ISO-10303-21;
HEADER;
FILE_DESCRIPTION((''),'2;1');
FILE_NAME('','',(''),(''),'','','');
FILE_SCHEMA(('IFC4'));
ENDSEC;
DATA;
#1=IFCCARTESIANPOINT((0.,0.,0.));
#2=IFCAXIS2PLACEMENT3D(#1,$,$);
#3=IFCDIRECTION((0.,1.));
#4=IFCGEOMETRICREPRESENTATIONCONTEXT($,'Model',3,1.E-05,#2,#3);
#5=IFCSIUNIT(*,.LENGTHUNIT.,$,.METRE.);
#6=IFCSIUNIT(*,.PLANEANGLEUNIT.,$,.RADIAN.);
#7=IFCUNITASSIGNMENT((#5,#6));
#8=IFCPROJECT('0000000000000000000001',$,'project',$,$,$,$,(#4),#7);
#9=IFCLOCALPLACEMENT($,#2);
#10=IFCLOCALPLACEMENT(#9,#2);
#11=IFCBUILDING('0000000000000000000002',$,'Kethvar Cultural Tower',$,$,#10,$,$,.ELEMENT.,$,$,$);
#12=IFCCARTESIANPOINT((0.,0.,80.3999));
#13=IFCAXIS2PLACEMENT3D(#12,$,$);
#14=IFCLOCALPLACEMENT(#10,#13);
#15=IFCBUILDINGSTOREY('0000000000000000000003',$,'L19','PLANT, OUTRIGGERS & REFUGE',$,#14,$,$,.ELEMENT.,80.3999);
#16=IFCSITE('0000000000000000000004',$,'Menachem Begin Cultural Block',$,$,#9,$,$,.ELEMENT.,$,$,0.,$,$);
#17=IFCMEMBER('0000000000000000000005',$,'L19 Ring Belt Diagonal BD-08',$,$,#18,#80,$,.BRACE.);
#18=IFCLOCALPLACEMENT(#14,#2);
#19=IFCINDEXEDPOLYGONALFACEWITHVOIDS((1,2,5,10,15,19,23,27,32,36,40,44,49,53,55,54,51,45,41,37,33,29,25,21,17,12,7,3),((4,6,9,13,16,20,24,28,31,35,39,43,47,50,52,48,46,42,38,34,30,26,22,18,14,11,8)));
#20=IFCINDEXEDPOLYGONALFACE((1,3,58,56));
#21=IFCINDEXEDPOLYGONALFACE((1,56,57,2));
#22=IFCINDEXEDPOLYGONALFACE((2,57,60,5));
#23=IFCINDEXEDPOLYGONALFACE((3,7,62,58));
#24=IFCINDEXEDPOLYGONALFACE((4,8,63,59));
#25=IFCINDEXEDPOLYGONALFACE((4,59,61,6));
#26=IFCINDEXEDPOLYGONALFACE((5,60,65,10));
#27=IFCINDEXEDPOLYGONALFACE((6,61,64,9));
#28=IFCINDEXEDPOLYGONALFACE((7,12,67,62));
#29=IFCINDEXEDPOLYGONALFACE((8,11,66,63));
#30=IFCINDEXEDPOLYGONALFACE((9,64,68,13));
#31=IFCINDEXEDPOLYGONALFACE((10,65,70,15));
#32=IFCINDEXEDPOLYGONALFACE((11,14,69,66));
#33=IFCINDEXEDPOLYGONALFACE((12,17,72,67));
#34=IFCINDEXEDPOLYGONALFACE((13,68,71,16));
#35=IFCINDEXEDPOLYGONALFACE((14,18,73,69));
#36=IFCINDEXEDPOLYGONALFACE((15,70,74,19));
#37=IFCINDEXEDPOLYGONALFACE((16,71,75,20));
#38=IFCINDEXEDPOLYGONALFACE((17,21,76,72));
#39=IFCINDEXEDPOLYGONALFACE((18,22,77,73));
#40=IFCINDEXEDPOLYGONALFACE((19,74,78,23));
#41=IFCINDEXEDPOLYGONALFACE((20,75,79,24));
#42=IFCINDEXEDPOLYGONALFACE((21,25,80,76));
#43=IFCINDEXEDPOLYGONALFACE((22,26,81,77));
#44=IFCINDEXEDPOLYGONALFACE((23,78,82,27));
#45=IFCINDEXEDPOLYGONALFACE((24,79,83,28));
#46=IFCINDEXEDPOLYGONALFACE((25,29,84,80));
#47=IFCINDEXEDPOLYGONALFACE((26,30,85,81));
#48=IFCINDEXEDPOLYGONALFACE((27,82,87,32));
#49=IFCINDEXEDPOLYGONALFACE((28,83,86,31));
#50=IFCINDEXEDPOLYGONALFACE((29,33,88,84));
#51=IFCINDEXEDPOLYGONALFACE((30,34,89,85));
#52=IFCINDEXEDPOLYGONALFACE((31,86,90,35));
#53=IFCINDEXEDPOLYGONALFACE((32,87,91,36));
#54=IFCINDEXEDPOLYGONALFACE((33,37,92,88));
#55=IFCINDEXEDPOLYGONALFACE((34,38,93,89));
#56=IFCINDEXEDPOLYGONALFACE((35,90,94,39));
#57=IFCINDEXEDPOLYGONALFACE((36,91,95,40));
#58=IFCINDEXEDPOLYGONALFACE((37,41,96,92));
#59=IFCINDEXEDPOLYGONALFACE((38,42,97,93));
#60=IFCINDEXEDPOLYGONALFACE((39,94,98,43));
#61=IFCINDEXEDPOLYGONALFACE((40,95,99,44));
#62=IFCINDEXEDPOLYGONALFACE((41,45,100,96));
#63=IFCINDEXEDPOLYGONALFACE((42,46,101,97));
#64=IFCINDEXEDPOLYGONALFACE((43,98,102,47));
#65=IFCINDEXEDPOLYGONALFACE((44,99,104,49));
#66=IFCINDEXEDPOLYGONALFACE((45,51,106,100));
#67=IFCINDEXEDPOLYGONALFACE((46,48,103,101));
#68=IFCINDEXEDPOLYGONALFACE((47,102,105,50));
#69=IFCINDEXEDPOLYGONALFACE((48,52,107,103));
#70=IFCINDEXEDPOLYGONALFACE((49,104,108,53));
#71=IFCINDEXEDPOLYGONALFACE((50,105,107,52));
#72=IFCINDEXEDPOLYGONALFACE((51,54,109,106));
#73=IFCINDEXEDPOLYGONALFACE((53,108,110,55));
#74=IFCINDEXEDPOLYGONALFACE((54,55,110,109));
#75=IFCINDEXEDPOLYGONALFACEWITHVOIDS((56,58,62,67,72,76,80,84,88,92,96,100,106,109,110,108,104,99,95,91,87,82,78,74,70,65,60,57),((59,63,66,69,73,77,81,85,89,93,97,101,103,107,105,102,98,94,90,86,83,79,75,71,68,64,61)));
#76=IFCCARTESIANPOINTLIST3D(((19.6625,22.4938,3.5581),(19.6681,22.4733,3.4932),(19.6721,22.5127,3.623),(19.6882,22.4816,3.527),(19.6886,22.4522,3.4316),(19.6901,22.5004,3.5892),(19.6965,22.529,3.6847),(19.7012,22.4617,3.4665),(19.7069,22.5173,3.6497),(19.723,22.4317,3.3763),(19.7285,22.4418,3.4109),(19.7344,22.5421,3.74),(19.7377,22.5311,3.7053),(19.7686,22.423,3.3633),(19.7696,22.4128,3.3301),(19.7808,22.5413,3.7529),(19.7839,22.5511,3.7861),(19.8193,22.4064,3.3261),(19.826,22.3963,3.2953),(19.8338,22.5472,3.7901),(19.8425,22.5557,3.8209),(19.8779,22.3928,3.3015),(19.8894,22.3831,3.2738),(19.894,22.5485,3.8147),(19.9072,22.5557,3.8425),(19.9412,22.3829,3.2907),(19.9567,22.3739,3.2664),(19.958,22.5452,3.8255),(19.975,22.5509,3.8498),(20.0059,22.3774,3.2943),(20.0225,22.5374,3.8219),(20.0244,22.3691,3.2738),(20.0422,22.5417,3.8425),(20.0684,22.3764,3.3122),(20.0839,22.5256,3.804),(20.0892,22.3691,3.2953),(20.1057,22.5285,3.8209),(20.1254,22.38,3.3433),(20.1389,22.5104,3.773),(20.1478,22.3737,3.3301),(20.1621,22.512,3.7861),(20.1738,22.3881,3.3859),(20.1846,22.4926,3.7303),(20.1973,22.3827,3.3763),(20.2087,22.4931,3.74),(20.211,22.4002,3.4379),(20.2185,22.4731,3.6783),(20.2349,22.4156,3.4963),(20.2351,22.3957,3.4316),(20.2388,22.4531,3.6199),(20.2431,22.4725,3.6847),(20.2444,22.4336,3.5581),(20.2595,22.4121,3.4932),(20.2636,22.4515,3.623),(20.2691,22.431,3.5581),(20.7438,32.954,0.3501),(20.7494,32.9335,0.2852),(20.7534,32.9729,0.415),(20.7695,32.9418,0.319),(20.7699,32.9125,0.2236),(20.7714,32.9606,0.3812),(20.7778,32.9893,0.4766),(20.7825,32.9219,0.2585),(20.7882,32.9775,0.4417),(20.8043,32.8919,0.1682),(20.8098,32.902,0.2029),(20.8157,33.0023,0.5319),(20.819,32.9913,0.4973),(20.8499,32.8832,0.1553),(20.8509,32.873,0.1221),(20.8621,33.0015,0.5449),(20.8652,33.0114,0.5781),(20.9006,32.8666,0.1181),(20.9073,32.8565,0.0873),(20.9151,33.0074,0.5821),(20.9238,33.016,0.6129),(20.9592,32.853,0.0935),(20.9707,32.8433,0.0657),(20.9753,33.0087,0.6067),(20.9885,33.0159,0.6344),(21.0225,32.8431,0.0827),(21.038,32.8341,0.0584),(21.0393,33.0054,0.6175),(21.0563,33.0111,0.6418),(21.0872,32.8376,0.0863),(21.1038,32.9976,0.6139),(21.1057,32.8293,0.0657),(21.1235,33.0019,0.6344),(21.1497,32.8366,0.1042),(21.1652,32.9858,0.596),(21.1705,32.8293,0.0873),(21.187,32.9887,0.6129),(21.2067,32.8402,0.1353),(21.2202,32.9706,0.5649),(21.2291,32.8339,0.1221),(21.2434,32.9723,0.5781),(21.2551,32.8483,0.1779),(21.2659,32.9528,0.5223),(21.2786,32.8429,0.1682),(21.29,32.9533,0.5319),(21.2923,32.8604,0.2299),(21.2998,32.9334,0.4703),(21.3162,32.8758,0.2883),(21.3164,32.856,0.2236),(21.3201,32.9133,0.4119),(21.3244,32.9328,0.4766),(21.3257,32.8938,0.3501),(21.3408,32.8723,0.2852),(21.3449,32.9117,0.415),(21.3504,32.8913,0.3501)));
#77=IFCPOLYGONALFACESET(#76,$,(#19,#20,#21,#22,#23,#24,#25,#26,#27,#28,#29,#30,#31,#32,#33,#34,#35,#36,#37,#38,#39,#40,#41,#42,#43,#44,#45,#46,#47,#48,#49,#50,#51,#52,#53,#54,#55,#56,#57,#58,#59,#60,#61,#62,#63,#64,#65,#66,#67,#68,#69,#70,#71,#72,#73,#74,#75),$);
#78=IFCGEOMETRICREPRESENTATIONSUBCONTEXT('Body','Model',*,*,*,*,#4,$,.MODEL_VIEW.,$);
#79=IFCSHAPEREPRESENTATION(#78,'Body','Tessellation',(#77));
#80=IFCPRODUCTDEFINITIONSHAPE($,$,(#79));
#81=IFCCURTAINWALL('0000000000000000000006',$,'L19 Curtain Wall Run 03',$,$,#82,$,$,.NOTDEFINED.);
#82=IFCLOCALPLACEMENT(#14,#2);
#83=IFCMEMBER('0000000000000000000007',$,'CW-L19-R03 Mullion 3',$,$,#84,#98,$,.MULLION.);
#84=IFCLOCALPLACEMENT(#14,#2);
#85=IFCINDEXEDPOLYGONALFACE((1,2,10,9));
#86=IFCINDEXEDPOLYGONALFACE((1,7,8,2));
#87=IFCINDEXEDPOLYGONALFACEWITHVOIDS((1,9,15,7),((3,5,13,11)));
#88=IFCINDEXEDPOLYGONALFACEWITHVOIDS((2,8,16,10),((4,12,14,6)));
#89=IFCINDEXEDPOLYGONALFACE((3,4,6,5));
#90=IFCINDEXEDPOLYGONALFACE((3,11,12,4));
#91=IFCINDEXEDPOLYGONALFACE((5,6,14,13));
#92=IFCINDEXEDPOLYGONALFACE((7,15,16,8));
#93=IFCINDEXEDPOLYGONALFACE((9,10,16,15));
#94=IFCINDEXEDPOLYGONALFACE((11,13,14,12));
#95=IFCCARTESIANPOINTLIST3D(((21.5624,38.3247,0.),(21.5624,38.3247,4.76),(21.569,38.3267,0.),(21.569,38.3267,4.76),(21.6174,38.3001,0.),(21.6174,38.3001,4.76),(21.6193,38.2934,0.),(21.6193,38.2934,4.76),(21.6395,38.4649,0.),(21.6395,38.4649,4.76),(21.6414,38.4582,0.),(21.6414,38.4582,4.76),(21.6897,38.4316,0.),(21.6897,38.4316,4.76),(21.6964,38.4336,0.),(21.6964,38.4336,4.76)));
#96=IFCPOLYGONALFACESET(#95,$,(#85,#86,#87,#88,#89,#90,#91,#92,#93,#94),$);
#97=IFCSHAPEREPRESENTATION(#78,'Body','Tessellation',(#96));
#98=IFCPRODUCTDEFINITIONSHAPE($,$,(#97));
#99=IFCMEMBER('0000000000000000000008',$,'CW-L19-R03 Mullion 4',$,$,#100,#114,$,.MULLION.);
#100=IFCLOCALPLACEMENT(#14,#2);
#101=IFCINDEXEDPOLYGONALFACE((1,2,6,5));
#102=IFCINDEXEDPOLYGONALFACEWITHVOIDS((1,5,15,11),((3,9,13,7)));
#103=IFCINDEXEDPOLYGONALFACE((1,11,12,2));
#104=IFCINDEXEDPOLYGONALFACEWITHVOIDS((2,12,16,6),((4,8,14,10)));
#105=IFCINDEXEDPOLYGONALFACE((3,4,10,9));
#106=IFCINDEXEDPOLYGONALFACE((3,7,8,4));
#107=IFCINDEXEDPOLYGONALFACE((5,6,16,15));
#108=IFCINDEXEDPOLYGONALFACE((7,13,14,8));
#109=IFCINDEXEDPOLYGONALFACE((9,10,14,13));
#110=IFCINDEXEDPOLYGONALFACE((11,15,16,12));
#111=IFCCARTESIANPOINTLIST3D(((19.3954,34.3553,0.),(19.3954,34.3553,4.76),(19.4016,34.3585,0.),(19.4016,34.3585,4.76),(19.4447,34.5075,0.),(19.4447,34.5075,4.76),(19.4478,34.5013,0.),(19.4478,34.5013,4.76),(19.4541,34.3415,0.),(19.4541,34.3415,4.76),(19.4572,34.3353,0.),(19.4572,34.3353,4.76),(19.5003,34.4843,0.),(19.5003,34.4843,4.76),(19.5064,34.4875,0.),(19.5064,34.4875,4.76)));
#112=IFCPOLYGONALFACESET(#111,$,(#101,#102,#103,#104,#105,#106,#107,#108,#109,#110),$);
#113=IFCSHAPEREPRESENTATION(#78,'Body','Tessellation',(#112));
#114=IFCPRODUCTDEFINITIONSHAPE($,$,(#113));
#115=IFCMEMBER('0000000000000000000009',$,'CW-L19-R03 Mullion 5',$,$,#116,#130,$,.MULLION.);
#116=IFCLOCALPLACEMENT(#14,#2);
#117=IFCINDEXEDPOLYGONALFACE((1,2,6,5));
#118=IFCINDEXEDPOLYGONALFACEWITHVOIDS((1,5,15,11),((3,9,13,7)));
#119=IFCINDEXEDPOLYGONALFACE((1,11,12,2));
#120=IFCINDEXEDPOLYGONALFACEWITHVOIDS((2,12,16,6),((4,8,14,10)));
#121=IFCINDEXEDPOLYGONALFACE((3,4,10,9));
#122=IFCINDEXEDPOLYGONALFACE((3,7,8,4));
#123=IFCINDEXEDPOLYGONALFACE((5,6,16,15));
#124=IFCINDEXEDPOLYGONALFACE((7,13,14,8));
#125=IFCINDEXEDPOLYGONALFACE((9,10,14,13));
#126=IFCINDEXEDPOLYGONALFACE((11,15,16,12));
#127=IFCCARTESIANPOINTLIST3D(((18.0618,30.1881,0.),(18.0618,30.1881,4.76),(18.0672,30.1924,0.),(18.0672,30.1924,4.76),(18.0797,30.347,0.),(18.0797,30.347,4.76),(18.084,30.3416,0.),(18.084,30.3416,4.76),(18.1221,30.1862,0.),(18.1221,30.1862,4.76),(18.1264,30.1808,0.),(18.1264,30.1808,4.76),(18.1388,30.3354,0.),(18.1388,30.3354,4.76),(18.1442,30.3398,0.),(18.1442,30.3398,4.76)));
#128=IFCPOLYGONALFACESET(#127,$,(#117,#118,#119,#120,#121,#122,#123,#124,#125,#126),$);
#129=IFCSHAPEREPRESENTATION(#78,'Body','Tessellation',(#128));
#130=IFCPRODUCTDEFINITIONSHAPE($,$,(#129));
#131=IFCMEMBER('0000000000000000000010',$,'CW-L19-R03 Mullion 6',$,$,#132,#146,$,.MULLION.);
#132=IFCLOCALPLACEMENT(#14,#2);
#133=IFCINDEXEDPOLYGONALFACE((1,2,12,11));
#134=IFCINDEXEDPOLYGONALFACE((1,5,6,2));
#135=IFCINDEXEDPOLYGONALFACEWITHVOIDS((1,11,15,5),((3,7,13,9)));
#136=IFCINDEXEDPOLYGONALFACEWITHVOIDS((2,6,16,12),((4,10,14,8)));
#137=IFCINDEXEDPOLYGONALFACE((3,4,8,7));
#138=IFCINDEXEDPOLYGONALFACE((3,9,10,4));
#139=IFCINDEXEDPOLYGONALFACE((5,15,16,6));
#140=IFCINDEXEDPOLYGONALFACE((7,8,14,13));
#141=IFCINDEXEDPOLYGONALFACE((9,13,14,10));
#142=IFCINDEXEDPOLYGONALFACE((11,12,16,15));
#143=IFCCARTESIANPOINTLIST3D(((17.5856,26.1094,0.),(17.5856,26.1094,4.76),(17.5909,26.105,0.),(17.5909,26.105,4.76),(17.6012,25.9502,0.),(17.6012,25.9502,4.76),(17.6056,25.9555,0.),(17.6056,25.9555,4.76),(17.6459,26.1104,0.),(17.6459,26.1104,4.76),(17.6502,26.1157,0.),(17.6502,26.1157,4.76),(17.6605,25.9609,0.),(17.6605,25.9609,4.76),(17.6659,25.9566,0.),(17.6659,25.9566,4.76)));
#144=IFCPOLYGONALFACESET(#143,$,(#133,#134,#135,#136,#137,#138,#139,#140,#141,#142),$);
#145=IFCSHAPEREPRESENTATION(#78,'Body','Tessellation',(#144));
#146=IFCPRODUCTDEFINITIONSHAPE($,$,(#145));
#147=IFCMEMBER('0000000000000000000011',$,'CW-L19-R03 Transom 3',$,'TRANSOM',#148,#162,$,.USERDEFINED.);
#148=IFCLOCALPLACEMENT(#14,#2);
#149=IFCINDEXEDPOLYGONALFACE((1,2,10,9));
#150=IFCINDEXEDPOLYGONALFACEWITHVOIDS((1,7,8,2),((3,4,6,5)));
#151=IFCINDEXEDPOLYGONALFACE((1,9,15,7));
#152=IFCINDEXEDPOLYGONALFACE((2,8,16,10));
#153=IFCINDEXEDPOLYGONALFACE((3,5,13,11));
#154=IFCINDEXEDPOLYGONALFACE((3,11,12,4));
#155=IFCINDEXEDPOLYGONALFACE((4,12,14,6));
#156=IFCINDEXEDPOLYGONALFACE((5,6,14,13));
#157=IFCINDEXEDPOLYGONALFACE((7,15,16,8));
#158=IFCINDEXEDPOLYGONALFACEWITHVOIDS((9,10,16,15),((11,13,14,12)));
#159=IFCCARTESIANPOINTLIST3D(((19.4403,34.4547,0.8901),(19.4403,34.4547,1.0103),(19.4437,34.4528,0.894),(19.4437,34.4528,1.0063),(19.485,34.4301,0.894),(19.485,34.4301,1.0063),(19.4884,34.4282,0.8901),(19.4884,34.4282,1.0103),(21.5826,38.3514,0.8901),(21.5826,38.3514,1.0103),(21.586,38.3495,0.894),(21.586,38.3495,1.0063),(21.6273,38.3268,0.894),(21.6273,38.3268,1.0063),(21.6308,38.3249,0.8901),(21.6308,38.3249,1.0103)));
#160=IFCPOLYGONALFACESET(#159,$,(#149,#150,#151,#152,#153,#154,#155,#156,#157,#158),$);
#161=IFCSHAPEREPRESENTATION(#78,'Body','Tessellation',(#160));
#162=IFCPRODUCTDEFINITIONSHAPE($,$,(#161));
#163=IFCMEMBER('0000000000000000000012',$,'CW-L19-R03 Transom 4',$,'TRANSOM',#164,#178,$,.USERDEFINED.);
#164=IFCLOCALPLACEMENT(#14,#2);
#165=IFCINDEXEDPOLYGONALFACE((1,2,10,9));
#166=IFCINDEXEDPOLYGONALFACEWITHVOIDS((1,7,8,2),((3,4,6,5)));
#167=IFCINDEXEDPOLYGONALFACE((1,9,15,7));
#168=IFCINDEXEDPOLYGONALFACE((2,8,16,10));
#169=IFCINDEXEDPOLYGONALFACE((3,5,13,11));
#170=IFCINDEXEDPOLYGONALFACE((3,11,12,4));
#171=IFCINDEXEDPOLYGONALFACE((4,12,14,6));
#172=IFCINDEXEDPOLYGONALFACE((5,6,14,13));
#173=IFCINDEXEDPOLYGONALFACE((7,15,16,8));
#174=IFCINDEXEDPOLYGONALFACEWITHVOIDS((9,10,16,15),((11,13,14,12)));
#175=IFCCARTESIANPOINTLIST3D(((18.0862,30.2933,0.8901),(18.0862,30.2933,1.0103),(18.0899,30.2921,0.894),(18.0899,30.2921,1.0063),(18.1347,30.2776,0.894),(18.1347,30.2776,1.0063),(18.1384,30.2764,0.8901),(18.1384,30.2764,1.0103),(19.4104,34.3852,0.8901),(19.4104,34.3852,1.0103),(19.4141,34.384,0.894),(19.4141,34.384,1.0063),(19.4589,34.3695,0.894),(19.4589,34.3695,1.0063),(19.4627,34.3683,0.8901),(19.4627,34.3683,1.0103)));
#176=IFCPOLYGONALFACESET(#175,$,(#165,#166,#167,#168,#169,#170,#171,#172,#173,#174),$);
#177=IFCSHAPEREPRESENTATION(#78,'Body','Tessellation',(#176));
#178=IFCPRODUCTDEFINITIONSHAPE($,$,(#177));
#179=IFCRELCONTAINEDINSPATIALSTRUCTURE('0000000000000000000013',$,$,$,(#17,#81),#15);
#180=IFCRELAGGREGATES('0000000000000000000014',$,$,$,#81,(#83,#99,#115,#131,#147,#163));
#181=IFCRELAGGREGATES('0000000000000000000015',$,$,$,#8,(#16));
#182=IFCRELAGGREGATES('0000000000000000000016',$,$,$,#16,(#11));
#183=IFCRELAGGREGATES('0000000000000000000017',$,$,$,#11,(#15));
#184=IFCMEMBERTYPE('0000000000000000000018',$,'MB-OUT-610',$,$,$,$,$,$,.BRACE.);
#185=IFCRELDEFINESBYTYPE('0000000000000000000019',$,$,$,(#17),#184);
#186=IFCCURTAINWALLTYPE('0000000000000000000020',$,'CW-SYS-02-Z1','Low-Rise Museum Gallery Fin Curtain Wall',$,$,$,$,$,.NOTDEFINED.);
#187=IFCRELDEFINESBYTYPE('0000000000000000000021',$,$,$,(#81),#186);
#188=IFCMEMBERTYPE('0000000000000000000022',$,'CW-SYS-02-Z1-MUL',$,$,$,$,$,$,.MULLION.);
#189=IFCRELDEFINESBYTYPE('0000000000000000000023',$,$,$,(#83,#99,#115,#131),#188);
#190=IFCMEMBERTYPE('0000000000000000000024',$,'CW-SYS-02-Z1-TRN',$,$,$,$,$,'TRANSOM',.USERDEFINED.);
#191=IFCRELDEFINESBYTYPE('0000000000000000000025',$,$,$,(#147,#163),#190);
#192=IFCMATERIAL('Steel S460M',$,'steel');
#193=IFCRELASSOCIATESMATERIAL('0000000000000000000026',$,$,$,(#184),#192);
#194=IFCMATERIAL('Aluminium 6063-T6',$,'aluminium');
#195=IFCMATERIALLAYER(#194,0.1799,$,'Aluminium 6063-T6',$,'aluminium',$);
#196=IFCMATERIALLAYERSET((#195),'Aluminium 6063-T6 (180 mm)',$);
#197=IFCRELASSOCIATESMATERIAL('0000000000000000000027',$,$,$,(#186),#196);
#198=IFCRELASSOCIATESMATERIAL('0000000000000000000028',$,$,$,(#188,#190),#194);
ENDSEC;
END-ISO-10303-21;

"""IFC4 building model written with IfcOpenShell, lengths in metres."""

from ifc_helpers import new_model, si_unit, direction, frame, origin, origin_2d, place, context, subcontext, project, spatial, hollow_rectangle, hollow_circle, extrude, source, transform, mapped, material, layer, layer_set, material_profile, profile_set, type_object, element, aggregate, save


model = new_model("IFC4")

# Units and contexts
model_context = context("Model", 3, precision=1e-05, world=origin(), true_north=direction((0.0, 1.0)))
body_context = subcontext(model_context, "Body", "Model", "MODEL_VIEW")
ifc_project = project(units=[si_unit("LENGTHUNIT", "METRE"), si_unit("PLANEANGLEUNIT", "RADIAN")], contexts=[model_context])

# Site, building, storey
site_placement = place(None, origin())
site = spatial("IfcSite", under=ifc_project, at=site_placement, Name="Menachem Begin Cultural Block", CompositionType="ELEMENT", RefElevation=0.0)
building_placement = place(site_placement, origin())
building = spatial("IfcBuilding", under=site, at=building_placement, Name="Kethvar Cultural Tower", CompositionType="ELEMENT")
storey_placement = place(building_placement, frame((0.0, 0.0, 80.3999)))
storey = spatial("IfcBuildingStorey", under=building, at=storey_placement, Name="L19", Description="PLANT, OUTRIGGERS & REFUGE", CompositionType="ELEMENT", Elevation=80.3999)

# Shared definitions
ifc_material_1 = material(Name="Steel S460M", Category="steel")

# Member
ifc_material_profile_1 = material_profile(ifc_material_1, hollow_circle(Radius=0.3049, WallThickness=0.0249, at=origin_2d()), Name="Steel S460M — CHS610x25")
ifc_profile_set_1 = profile_set([ifc_material_profile_1], Name="Steel S460M — CHS610x25")
member_type_1 = type_object("IfcMemberType", Name="MB-OUT-610", PredefinedType="BRACE", material=ifc_profile_set_1)
shared_shape_1 = source(origin(), body_context, "Body", "SweptSolid", [
    extrude(hollow_circle(Radius=0.3049, WallThickness=0.0249, at=origin_2d()), origin(), (0.0, 0.0, 1.0), 10.9944),
])
member_1_placement = place(storey_placement, frame((21.0471, 32.9226, 0.3501), z_axis=(-0.09835, -0.951414, 0.291786), x_axis=(0.994699, -0.102825, 0.0)))
element("IfcMember", 1, at=member_1_placement, inside=storey, type_object=member_type_1, Name="L19 Ring Belt Diagonal BD-08", PredefinedType="BRACE", context=body_context, shape_type="MappedRepresentation", body=[
    mapped(shared_shape_1, transform((0.0, 0.0, 0.0), scale=1.0)),
])

# Curtain wall, members
ifc_material_2 = material(Name="Aluminium 6063-T6", Category="aluminium")
ifc_layer_1 = layer(ifc_material_2, 0.1799, Name="Aluminium 6063-T6", Category="aluminium")
ifc_layer_set_1 = layer_set([ifc_layer_1], Name="Aluminium 6063-T6 (180 mm)")
curtain_wall_type = type_object("IfcCurtainWallType", Name="CW-SYS-02-Z1", Description="Low-Rise Museum Gallery Fin Curtain Wall", PredefinedType="NOTDEFINED", material=ifc_layer_set_1)
curtain_wall_placement = place(storey_placement, origin())
curtain_wall = element("IfcCurtainWall", 2, at=curtain_wall_placement, inside=storey, type_object=curtain_wall_type, Name="L19 Curtain Wall Run 03", PredefinedType="NOTDEFINED")
ifc_material_profile_2 = material_profile(ifc_material_2, hollow_rectangle(XDim=0.0649, YDim=0.1599, WallThickness=0.0049, at=origin_2d()), Name="Aluminium 6063-T6 — RHS160x65x5")
ifc_profile_set_2 = profile_set([ifc_material_profile_2], Name="Aluminium 6063-T6 — RHS160x65x5")
member_type_2 = type_object("IfcMemberType", Name="CW-SYS-02-Z1-MUL", PredefinedType="MULLION", material=ifc_profile_set_2)
shared_shape_2 = source(origin(), body_context, "Body", "SweptSolid", [
    extrude(hollow_rectangle(XDim=0.0649, YDim=0.1599, WallThickness=0.0049, at=origin_2d()), origin(), (0.0, 0.0, 1.0), 4.76),
])
member_2_placement = place(storey_placement, frame((21.6294, 38.3792, 0.0), z_axis=(0.0, 0.0, 1.0), x_axis=(0.876281, -0.4818, 0.0)))
member_2 = element("IfcMember", 3, at=member_2_placement, type_object=member_type_2, Name="CW-L19-R03 Mullion 3", PredefinedType="MULLION", context=body_context, shape_type="MappedRepresentation", body=[
    mapped(shared_shape_2, transform((0.0, 0.0, 0.0), scale=1.0)),
])
member_3_placement = place(storey_placement, frame((19.4509, 34.4214, 0.0), z_axis=(0.0, 0.0, 1.0), x_axis=(0.951423, -0.307888, 0.0)))
member_3 = element("IfcMember", 4, at=member_3_placement, type_object=member_type_2, Name="CW-L19-R03 Mullion 4", PredefinedType="MULLION", context=body_context, shape_type="MappedRepresentation", body=[
    mapped(shared_shape_2, transform((0.0, 0.0, 0.0), scale=1.0)),
])
member_4_placement = place(storey_placement, frame((18.103, 30.2639, 0.0), z_axis=(0.0, 0.0, 1.0), x_axis=(0.993768, -0.111469, 0.0)))
member_4 = element("IfcMember", 5, at=member_4_placement, type_object=member_type_2, Name="CW-L19-R03 Mullion 5", PredefinedType="MULLION", context=body_context, shape_type="MappedRepresentation", body=[
    mapped(shared_shape_2, transform((0.0, 0.0, 0.0), scale=1.0)),
])
member_5_placement = place(storey_placement, frame((17.6257, 26.033, 0.0), z_axis=(0.0, 0.0, 1.0), x_axis=(0.995214, 0.097722, 0.0)))
member_5 = element("IfcMember", 6, at=member_5_placement, type_object=member_type_2, Name="CW-L19-R03 Mullion 6", PredefinedType="MULLION", context=body_context, shape_type="MappedRepresentation", body=[
    mapped(shared_shape_2, transform((0.0, 0.0, 0.0), scale=1.0)),
])
ifc_material_profile_3 = material_profile(ifc_material_2, hollow_rectangle(XDim=0.0549, YDim=0.1201, WallThickness=0.0039, at=origin_2d()), Name="Aluminium 6063-T6 — RHS120x55x4")
ifc_profile_set_3 = profile_set([ifc_material_profile_3], Name="Aluminium 6063-T6 — RHS120x55x4")
member_type_3 = type_object("IfcMemberType", Name="CW-SYS-02-Z1-TRN", ElementType="TRANSOM", PredefinedType="USERDEFINED", material=ifc_profile_set_3)
shared_shape_3 = source(origin(), body_context, "Body", "SweptSolid", [
    extrude(hollow_rectangle(XDim=0.0549, YDim=0.1201, WallThickness=0.0039, at=origin_2d()), origin(), (0.0, 0.0, 1.0), 4.4468),
])
member_6_placement = place(storey_placement, frame((21.6067, 38.3381, 0.9502), z_axis=(-0.481769, -0.876298, 0.0), x_axis=(0.876298, -0.481769, 0.0)))
member_6 = element("IfcMember", 7, at=member_6_placement, type_object=member_type_3, Name="CW-L19-R03 Transom 3", ObjectType="TRANSOM", PredefinedType="USERDEFINED", context=body_context, shape_type="MappedRepresentation", body=[
    mapped(shared_shape_3, transform((0.0, 0.0, 0.0), scale=1.0)),
])
shared_shape_4 = source(origin(), body_context, "Body", "SweptSolid", [
    extrude(hollow_rectangle(XDim=0.0549, YDim=0.1201, WallThickness=0.0039, at=origin_2d()), origin(), (0.0, 0.0, 1.0), 4.3008),
])
member_7_placement = place(storey_placement, frame((19.4365, 34.3767, 0.9502), z_axis=(-0.307905, -0.951417, 0.0), x_axis=(0.951417, -0.307905, 0.0)))
member_7 = element("IfcMember", 8, at=member_7_placement, type_object=member_type_3, Name="CW-L19-R03 Transom 4", ObjectType="TRANSOM", PredefinedType="USERDEFINED", context=body_context, shape_type="MappedRepresentation", body=[
    mapped(shared_shape_4, transform((0.0, 0.0, 0.0), scale=1.0)),
])

aggregate(curtain_wall, [member_2, member_3, member_4, member_5, member_6, member_7])

save(model, "model.ifc")
